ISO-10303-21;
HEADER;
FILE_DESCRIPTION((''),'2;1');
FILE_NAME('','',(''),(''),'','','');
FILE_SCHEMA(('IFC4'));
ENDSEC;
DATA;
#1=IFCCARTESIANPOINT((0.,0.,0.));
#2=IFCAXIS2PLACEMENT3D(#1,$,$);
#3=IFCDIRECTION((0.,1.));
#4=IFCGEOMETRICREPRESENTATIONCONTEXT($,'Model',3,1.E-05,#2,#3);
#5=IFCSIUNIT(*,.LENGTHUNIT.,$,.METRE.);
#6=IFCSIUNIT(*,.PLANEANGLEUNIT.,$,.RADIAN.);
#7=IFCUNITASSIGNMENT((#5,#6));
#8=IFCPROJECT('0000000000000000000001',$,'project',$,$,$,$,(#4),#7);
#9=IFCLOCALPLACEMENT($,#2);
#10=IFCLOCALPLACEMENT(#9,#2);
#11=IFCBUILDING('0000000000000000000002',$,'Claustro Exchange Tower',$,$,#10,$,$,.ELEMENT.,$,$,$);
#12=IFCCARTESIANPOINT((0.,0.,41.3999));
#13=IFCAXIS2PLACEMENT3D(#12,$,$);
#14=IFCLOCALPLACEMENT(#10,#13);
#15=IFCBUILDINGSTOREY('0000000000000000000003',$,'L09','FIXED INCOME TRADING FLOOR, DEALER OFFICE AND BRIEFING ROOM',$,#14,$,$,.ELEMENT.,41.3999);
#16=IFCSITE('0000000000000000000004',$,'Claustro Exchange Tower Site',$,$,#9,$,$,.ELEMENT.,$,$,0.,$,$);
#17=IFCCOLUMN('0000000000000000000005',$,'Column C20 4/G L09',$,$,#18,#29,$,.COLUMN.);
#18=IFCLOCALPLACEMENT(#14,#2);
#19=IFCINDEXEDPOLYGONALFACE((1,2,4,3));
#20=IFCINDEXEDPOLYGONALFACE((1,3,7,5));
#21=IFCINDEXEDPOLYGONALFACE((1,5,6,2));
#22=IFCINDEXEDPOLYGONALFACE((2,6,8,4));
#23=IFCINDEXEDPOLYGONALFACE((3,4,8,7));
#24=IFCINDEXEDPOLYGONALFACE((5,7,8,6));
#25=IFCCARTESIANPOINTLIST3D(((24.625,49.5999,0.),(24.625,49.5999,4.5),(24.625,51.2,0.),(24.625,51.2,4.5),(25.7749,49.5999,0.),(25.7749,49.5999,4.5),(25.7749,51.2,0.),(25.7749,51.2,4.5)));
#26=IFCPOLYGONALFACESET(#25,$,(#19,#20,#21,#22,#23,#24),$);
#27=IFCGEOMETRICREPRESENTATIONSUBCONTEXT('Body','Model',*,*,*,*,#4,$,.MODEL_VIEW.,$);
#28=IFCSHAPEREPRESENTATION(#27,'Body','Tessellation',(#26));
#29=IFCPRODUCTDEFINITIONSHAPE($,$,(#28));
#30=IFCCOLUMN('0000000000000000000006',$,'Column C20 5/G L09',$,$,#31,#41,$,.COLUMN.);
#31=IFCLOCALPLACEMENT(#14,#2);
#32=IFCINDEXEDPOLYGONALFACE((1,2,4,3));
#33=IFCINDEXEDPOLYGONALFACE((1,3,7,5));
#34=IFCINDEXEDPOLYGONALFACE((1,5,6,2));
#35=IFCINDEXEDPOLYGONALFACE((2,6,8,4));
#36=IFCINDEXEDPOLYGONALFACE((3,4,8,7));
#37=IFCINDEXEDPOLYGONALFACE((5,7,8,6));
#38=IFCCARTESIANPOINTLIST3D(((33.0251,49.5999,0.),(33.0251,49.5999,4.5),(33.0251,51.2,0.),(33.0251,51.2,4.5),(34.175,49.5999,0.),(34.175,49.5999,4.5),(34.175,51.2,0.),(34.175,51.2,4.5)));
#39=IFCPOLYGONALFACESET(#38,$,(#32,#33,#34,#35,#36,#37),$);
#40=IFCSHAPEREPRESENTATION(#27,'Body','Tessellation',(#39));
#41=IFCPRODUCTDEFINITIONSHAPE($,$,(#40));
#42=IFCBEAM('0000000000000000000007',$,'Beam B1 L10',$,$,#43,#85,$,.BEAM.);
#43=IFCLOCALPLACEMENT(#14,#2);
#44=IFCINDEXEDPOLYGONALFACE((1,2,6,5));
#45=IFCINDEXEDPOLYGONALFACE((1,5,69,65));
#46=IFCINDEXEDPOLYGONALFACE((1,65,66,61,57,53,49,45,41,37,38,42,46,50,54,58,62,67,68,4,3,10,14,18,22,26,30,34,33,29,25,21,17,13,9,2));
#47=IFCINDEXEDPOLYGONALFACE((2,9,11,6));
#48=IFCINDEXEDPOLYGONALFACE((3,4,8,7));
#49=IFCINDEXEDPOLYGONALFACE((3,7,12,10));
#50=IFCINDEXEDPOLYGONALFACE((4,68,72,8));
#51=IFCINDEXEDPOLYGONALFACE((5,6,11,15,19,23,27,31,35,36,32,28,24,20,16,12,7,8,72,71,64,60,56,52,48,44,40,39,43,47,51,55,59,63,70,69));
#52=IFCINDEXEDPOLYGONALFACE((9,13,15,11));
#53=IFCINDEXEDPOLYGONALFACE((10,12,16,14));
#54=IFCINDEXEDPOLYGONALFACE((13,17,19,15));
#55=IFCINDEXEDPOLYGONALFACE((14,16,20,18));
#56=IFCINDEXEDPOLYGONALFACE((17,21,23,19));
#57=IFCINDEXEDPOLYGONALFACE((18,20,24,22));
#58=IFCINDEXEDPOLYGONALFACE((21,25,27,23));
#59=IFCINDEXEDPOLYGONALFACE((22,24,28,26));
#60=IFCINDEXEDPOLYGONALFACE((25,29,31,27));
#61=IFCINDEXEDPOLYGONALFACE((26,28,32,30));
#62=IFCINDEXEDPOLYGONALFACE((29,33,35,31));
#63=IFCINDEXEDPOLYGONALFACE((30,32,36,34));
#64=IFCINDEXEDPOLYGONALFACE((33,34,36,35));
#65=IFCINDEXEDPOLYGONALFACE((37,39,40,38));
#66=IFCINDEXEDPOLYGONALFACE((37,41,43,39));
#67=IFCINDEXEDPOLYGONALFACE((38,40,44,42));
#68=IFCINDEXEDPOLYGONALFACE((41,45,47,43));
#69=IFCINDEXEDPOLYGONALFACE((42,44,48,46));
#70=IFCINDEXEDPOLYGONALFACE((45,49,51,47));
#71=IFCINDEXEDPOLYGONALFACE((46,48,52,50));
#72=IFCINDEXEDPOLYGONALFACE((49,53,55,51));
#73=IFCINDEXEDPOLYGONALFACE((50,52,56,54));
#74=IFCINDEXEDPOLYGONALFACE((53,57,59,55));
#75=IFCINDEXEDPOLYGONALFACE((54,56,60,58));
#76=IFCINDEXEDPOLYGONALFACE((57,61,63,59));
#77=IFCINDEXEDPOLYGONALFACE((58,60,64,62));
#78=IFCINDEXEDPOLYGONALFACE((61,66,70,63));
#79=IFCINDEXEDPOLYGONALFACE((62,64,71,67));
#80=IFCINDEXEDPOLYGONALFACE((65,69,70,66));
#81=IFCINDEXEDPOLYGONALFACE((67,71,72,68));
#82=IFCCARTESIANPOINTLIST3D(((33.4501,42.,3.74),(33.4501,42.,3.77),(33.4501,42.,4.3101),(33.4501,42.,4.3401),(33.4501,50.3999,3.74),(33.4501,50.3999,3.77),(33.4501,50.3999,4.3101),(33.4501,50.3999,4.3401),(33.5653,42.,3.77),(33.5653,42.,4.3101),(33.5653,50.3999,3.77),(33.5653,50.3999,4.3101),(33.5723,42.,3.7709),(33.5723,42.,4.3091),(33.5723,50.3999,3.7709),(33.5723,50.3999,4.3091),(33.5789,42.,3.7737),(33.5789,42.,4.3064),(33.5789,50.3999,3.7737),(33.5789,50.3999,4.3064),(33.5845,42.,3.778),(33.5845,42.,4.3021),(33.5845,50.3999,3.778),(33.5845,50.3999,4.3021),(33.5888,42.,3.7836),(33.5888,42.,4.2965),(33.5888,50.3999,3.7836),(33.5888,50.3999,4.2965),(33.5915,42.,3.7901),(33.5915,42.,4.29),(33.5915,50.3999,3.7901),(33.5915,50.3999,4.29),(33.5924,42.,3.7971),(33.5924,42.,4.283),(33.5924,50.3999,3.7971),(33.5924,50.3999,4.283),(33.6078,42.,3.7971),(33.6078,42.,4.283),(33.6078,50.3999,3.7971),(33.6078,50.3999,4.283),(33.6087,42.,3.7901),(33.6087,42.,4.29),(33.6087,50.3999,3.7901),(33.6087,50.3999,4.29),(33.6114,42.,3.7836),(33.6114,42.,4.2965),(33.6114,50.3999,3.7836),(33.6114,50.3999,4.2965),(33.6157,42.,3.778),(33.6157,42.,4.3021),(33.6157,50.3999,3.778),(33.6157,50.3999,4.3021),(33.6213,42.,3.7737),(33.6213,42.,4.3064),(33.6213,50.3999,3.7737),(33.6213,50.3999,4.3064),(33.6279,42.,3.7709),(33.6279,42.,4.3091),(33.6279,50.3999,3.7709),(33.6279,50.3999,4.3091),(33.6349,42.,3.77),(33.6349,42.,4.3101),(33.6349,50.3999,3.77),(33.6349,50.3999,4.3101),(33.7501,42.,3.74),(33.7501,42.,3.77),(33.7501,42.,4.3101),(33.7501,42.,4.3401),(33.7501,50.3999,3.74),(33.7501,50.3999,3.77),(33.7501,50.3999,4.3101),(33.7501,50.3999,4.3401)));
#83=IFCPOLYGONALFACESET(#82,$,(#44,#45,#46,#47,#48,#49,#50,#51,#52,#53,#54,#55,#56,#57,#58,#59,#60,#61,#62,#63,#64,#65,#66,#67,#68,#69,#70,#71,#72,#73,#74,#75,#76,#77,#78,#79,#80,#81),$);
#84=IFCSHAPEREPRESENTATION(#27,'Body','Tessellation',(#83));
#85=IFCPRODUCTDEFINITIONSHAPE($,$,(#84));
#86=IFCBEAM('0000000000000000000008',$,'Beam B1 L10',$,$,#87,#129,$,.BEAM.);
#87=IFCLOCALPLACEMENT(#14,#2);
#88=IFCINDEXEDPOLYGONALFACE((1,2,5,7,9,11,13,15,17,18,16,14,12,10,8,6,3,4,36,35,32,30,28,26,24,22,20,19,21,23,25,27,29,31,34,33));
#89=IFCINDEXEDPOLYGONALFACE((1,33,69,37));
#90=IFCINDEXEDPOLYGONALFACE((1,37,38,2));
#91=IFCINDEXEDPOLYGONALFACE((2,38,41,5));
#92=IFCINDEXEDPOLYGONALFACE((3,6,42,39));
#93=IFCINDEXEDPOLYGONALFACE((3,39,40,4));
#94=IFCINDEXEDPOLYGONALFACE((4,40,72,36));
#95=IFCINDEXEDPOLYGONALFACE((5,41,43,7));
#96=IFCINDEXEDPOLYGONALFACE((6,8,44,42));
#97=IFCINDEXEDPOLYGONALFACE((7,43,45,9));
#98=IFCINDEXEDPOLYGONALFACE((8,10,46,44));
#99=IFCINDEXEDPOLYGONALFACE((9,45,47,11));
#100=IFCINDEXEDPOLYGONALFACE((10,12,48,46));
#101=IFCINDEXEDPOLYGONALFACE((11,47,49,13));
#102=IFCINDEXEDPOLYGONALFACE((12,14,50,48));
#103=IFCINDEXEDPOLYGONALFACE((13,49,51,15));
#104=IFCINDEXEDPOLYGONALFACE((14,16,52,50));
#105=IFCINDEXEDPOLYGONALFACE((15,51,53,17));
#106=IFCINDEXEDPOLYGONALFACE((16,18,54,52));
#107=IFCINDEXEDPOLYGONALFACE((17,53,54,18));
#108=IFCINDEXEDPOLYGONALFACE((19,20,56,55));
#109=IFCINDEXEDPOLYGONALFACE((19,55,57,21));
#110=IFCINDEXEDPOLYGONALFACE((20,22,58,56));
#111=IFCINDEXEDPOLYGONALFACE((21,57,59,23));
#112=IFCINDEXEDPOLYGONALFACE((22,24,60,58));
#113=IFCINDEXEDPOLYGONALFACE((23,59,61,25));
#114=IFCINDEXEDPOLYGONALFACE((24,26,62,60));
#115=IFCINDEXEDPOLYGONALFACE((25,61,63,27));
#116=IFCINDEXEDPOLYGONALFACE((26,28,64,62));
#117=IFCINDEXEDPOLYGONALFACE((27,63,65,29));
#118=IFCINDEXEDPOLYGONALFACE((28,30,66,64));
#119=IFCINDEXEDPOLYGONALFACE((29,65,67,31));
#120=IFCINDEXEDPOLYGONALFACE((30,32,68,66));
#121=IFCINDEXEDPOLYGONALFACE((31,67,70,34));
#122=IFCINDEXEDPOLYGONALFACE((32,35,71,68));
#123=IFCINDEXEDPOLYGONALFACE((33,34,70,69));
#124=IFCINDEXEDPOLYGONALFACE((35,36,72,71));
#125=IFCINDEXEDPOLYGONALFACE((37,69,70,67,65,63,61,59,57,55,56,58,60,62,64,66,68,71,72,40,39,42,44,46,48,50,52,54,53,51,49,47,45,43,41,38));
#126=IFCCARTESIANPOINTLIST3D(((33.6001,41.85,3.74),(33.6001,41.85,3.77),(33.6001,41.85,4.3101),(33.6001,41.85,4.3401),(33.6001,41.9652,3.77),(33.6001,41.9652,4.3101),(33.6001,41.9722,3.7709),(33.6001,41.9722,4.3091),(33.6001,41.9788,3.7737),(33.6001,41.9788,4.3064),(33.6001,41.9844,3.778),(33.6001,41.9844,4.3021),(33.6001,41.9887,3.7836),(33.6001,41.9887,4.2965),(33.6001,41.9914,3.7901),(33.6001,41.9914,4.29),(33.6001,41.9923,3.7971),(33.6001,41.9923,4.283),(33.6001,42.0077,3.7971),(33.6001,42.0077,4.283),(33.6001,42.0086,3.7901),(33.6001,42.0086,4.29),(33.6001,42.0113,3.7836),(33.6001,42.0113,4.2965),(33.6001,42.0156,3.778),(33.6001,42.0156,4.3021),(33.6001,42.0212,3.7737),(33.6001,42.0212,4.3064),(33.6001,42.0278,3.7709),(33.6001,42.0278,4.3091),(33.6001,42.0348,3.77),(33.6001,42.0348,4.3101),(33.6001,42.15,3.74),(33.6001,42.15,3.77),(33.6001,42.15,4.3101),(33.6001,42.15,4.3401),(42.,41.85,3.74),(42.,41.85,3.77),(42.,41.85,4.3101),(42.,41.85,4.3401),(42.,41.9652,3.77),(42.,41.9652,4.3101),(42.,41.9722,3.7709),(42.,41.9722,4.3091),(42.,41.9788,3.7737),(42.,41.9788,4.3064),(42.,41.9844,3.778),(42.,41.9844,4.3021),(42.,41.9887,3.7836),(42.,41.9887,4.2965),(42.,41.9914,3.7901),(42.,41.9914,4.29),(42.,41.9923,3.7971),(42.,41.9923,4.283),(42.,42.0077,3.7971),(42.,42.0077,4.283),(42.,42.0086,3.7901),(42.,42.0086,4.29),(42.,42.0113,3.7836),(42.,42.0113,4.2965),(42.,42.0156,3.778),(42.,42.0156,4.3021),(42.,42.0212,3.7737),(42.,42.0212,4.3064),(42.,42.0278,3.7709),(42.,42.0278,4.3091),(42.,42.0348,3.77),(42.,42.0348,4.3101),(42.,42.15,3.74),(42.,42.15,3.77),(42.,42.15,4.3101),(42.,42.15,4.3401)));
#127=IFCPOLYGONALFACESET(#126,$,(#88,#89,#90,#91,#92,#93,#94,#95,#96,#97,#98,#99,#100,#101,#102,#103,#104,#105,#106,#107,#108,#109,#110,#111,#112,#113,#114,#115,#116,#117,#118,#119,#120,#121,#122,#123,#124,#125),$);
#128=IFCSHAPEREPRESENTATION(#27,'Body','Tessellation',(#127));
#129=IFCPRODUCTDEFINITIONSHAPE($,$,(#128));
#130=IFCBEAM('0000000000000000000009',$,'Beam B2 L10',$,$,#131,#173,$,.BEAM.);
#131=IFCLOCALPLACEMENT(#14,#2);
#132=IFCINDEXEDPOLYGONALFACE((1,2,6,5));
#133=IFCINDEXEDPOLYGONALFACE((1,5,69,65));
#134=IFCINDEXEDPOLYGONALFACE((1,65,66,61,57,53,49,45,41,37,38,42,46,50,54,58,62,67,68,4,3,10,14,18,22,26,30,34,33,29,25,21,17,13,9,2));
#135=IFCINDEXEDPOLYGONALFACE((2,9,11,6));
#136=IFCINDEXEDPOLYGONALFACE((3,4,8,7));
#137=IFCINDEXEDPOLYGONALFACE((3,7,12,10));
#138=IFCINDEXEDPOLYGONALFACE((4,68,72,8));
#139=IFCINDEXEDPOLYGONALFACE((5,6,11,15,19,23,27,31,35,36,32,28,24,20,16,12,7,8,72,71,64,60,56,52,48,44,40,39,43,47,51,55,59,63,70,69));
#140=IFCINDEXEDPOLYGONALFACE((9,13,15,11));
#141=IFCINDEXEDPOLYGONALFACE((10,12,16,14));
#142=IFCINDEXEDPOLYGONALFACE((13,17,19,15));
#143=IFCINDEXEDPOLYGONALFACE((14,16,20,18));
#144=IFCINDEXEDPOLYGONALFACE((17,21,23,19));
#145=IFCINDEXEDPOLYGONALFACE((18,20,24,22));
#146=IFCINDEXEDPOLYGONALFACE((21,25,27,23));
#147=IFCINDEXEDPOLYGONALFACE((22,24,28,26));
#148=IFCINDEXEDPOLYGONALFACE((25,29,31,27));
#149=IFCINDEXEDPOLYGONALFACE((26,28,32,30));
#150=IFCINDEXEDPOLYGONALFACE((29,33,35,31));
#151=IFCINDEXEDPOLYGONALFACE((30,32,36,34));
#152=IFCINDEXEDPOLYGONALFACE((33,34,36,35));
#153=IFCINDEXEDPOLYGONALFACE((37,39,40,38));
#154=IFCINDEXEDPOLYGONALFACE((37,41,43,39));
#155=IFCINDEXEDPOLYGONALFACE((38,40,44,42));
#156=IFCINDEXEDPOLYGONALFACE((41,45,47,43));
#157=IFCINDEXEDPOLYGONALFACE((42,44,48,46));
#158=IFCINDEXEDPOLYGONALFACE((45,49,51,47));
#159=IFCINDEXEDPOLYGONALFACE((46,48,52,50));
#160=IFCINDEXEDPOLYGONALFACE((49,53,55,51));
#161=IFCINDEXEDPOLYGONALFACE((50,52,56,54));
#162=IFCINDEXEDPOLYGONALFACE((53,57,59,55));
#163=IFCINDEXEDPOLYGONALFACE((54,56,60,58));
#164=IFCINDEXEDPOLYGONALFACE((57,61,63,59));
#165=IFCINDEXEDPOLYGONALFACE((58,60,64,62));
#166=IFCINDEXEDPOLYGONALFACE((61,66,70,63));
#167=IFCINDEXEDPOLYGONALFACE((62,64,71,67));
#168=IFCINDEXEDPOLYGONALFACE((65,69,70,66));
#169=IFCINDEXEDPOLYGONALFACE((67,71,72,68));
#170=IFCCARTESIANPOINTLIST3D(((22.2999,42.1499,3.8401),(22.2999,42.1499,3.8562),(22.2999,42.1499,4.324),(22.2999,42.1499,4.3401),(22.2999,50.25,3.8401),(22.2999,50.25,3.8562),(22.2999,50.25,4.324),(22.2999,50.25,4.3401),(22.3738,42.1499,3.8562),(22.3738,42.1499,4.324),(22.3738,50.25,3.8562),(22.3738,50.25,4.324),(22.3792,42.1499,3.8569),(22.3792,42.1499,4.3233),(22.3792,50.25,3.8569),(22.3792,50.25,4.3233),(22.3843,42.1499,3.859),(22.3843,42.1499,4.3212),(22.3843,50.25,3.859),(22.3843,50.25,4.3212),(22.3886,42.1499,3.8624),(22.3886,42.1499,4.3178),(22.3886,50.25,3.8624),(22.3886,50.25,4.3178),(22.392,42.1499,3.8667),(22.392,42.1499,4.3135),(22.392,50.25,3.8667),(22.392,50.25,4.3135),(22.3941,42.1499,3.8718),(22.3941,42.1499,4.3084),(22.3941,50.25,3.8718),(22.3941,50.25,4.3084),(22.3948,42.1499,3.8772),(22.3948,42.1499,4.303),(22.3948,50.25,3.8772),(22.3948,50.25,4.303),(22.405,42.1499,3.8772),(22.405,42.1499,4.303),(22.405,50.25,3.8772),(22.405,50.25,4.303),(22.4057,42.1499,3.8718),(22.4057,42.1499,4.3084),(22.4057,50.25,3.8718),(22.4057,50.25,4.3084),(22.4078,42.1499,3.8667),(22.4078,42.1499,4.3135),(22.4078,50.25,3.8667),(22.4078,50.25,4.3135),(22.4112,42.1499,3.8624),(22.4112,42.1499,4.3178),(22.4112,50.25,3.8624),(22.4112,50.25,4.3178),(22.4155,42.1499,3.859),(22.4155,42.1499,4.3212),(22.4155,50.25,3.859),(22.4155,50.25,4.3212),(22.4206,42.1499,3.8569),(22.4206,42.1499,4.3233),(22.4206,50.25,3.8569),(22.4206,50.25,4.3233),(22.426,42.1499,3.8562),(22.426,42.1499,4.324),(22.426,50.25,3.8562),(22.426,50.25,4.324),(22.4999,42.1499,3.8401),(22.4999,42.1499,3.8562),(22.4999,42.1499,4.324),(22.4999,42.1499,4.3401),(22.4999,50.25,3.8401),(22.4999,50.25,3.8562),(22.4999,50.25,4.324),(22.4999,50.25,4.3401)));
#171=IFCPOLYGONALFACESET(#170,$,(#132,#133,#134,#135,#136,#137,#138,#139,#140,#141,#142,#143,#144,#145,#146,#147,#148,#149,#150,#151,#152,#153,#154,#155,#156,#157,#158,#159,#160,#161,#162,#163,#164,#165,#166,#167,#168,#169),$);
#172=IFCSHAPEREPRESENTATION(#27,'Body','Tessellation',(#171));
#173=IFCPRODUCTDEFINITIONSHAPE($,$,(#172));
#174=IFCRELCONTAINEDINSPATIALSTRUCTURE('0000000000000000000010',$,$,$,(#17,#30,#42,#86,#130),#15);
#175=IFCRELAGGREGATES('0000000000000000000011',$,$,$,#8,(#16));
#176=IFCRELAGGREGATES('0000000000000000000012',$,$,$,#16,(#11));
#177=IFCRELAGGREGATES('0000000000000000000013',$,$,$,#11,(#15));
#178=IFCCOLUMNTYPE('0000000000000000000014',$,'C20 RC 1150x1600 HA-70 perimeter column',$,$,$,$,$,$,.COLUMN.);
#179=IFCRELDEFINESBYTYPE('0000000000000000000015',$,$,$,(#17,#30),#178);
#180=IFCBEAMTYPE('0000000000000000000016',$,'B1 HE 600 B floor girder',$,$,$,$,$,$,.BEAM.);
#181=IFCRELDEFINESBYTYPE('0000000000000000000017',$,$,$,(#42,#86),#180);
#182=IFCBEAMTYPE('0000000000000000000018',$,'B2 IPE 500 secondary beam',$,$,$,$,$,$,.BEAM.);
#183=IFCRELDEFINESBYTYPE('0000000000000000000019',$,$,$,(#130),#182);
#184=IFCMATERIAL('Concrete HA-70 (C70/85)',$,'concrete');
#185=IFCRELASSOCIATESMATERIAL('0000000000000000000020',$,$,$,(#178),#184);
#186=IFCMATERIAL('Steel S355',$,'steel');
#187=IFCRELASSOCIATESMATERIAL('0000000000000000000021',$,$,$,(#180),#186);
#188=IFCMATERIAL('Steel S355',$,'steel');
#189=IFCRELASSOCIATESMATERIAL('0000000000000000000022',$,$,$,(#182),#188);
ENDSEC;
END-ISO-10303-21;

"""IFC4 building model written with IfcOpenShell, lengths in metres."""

from ifc_helpers import new_model, si_unit, direction, frame, origin, origin_2d, place, context, subcontext, project, spatial, rectangle, i_section, extrude, material, material_profile, profile_set, type_object, element, save


model = new_model("IFC4")

# Units and contexts
model_context = context("Model", 3, precision=1e-05, world=origin(), true_north=direction((0.0, 1.0)))
body_context = subcontext(model_context, "Body", "Model", "MODEL_VIEW")
ifc_project = project(units=[si_unit("LENGTHUNIT", "METRE"), si_unit("PLANEANGLEUNIT", "RADIAN")], contexts=[model_context])

# Site, building, storey
site_placement = place(None, origin())
site = spatial("IfcSite", under=ifc_project, at=site_placement, Name="Claustro Exchange Tower Site", CompositionType="ELEMENT", RefElevation=0.0)
building_placement = place(site_placement, origin())
building = spatial("IfcBuilding", under=site, at=building_placement, Name="Claustro Exchange Tower", CompositionType="ELEMENT")
storey_placement = place(building_placement, frame((0.0, 0.0, 41.3999)))
storey = spatial("IfcBuildingStorey", under=building, at=storey_placement, Name="L09", Description="FIXED INCOME TRADING FLOOR, DEALER OFFICE AND BRIEFING ROOM", CompositionType="ELEMENT", Elevation=41.3999)

# Columns
ifc_material_1 = material(Name="Concrete HA-70 (C70/85)", Category="concrete")
ifc_material_profile_1 = material_profile(ifc_material_1, rectangle(XDim=1.1499, YDim=1.6001, at=origin_2d()), Name="RC 1150x1600")
ifc_profile_set_1 = profile_set([ifc_material_profile_1], Name="Concrete HA-70 (C70/85)")
column_type = type_object("IfcColumnType", Name="C20 RC 1150x1600 HA-70 perimeter column", PredefinedType="COLUMN", material=ifc_profile_set_1)
for number, where, z_axis, x_axis, name in (
    (1, (25.2, 50.3999, 0.0), (0.0, 0.0, 1.0), (1.0, 0.0, 0.0), "Column C20 4/G L09"),
    (2, (33.6001, 50.3999, 0.0), (0.0, 0.0, 1.0), (1.0, 0.0, 0.0), "Column C20 5/G L09"),
):
    element("IfcColumn", number, at=place(storey_placement, frame(where, z_axis=z_axis, x_axis=x_axis)), inside=storey, type_object=column_type, Name=name, PredefinedType="COLUMN", context=body_context, shape_type="SweptSolid", body=[
        extrude(rectangle(XDim=1.1499, YDim=1.6001, at=origin_2d()), origin(), (0.0, 0.0, 1.0), 4.5),
    ])

# Beams
ifc_material_2 = material(Name="Steel S355", Category="steel")
ifc_material_profile_2 = material_profile(ifc_material_2, i_section(OverallWidth=0.3, OverallDepth=0.6001, WebThickness=0.0154, FlangeThickness=0.03, FilletRadius=0.0271, at=origin_2d()), Name="HE 600 B")
ifc_profile_set_2 = profile_set([ifc_material_profile_2], Name="Steel S355")
beam_type_1 = type_object("IfcBeamType", Name="B1 HE 600 B floor girder", PredefinedType="BEAM", material=ifc_profile_set_2)
for number, where, z_axis, x_axis, name in (
    (3, (33.6001, 42.0, 4.04), (0.0, 1.0, 0.0), (-1.0, 0.0, 0.0), "Beam B1 L10"),
    (4, (33.6001, 42.0, 4.04), (1.0, 0.0, 0.0), (0.0, 1.0, 0.0), "Beam B1 L10"),
):
    element("IfcBeam", number, at=place(storey_placement, frame(where, z_axis=z_axis, x_axis=x_axis)), inside=storey, type_object=beam_type_1, Name=name, PredefinedType="BEAM", context=body_context, shape_type="SweptSolid", body=[
        extrude(i_section(OverallWidth=0.3, OverallDepth=0.6001, WebThickness=0.0154, FlangeThickness=0.03, FilletRadius=0.0271, at=origin_2d()), origin(), (0.0, 0.0, 1.0), 8.3999),
    ])
ifc_material_3 = material(Name="Steel S355", Category="steel")
ifc_material_profile_3 = material_profile(ifc_material_3, i_section(OverallWidth=0.2, OverallDepth=0.5, WebThickness=0.0103, FlangeThickness=0.0161, FilletRadius=0.021, at=origin_2d()), Name="IPE 500")
ifc_profile_set_3 = profile_set([ifc_material_profile_3], Name="Steel S355")
beam_type_2 = type_object("IfcBeamType", Name="B2 IPE 500 secondary beam", PredefinedType="BEAM", material=ifc_profile_set_3)
for number, where, z_axis, x_axis, name in (
    (5, (22.3999, 42.1499, 4.0901), (0.0, 1.0, 0.0), (-1.0, 0.0, 0.0), "Beam B2 L10"),
):
    element("IfcBeam", number, at=place(storey_placement, frame(where, z_axis=z_axis, x_axis=x_axis)), inside=storey, type_object=beam_type_2, Name=name, PredefinedType="BEAM", context=body_context, shape_type="SweptSolid", body=[
        extrude(i_section(OverallWidth=0.2, OverallDepth=0.5, WebThickness=0.0103, FlangeThickness=0.0161, FilletRadius=0.021, at=origin_2d()), origin(), (0.0, 0.0, 1.0), 8.1001),
    ])

save(model, "model.ifc")
